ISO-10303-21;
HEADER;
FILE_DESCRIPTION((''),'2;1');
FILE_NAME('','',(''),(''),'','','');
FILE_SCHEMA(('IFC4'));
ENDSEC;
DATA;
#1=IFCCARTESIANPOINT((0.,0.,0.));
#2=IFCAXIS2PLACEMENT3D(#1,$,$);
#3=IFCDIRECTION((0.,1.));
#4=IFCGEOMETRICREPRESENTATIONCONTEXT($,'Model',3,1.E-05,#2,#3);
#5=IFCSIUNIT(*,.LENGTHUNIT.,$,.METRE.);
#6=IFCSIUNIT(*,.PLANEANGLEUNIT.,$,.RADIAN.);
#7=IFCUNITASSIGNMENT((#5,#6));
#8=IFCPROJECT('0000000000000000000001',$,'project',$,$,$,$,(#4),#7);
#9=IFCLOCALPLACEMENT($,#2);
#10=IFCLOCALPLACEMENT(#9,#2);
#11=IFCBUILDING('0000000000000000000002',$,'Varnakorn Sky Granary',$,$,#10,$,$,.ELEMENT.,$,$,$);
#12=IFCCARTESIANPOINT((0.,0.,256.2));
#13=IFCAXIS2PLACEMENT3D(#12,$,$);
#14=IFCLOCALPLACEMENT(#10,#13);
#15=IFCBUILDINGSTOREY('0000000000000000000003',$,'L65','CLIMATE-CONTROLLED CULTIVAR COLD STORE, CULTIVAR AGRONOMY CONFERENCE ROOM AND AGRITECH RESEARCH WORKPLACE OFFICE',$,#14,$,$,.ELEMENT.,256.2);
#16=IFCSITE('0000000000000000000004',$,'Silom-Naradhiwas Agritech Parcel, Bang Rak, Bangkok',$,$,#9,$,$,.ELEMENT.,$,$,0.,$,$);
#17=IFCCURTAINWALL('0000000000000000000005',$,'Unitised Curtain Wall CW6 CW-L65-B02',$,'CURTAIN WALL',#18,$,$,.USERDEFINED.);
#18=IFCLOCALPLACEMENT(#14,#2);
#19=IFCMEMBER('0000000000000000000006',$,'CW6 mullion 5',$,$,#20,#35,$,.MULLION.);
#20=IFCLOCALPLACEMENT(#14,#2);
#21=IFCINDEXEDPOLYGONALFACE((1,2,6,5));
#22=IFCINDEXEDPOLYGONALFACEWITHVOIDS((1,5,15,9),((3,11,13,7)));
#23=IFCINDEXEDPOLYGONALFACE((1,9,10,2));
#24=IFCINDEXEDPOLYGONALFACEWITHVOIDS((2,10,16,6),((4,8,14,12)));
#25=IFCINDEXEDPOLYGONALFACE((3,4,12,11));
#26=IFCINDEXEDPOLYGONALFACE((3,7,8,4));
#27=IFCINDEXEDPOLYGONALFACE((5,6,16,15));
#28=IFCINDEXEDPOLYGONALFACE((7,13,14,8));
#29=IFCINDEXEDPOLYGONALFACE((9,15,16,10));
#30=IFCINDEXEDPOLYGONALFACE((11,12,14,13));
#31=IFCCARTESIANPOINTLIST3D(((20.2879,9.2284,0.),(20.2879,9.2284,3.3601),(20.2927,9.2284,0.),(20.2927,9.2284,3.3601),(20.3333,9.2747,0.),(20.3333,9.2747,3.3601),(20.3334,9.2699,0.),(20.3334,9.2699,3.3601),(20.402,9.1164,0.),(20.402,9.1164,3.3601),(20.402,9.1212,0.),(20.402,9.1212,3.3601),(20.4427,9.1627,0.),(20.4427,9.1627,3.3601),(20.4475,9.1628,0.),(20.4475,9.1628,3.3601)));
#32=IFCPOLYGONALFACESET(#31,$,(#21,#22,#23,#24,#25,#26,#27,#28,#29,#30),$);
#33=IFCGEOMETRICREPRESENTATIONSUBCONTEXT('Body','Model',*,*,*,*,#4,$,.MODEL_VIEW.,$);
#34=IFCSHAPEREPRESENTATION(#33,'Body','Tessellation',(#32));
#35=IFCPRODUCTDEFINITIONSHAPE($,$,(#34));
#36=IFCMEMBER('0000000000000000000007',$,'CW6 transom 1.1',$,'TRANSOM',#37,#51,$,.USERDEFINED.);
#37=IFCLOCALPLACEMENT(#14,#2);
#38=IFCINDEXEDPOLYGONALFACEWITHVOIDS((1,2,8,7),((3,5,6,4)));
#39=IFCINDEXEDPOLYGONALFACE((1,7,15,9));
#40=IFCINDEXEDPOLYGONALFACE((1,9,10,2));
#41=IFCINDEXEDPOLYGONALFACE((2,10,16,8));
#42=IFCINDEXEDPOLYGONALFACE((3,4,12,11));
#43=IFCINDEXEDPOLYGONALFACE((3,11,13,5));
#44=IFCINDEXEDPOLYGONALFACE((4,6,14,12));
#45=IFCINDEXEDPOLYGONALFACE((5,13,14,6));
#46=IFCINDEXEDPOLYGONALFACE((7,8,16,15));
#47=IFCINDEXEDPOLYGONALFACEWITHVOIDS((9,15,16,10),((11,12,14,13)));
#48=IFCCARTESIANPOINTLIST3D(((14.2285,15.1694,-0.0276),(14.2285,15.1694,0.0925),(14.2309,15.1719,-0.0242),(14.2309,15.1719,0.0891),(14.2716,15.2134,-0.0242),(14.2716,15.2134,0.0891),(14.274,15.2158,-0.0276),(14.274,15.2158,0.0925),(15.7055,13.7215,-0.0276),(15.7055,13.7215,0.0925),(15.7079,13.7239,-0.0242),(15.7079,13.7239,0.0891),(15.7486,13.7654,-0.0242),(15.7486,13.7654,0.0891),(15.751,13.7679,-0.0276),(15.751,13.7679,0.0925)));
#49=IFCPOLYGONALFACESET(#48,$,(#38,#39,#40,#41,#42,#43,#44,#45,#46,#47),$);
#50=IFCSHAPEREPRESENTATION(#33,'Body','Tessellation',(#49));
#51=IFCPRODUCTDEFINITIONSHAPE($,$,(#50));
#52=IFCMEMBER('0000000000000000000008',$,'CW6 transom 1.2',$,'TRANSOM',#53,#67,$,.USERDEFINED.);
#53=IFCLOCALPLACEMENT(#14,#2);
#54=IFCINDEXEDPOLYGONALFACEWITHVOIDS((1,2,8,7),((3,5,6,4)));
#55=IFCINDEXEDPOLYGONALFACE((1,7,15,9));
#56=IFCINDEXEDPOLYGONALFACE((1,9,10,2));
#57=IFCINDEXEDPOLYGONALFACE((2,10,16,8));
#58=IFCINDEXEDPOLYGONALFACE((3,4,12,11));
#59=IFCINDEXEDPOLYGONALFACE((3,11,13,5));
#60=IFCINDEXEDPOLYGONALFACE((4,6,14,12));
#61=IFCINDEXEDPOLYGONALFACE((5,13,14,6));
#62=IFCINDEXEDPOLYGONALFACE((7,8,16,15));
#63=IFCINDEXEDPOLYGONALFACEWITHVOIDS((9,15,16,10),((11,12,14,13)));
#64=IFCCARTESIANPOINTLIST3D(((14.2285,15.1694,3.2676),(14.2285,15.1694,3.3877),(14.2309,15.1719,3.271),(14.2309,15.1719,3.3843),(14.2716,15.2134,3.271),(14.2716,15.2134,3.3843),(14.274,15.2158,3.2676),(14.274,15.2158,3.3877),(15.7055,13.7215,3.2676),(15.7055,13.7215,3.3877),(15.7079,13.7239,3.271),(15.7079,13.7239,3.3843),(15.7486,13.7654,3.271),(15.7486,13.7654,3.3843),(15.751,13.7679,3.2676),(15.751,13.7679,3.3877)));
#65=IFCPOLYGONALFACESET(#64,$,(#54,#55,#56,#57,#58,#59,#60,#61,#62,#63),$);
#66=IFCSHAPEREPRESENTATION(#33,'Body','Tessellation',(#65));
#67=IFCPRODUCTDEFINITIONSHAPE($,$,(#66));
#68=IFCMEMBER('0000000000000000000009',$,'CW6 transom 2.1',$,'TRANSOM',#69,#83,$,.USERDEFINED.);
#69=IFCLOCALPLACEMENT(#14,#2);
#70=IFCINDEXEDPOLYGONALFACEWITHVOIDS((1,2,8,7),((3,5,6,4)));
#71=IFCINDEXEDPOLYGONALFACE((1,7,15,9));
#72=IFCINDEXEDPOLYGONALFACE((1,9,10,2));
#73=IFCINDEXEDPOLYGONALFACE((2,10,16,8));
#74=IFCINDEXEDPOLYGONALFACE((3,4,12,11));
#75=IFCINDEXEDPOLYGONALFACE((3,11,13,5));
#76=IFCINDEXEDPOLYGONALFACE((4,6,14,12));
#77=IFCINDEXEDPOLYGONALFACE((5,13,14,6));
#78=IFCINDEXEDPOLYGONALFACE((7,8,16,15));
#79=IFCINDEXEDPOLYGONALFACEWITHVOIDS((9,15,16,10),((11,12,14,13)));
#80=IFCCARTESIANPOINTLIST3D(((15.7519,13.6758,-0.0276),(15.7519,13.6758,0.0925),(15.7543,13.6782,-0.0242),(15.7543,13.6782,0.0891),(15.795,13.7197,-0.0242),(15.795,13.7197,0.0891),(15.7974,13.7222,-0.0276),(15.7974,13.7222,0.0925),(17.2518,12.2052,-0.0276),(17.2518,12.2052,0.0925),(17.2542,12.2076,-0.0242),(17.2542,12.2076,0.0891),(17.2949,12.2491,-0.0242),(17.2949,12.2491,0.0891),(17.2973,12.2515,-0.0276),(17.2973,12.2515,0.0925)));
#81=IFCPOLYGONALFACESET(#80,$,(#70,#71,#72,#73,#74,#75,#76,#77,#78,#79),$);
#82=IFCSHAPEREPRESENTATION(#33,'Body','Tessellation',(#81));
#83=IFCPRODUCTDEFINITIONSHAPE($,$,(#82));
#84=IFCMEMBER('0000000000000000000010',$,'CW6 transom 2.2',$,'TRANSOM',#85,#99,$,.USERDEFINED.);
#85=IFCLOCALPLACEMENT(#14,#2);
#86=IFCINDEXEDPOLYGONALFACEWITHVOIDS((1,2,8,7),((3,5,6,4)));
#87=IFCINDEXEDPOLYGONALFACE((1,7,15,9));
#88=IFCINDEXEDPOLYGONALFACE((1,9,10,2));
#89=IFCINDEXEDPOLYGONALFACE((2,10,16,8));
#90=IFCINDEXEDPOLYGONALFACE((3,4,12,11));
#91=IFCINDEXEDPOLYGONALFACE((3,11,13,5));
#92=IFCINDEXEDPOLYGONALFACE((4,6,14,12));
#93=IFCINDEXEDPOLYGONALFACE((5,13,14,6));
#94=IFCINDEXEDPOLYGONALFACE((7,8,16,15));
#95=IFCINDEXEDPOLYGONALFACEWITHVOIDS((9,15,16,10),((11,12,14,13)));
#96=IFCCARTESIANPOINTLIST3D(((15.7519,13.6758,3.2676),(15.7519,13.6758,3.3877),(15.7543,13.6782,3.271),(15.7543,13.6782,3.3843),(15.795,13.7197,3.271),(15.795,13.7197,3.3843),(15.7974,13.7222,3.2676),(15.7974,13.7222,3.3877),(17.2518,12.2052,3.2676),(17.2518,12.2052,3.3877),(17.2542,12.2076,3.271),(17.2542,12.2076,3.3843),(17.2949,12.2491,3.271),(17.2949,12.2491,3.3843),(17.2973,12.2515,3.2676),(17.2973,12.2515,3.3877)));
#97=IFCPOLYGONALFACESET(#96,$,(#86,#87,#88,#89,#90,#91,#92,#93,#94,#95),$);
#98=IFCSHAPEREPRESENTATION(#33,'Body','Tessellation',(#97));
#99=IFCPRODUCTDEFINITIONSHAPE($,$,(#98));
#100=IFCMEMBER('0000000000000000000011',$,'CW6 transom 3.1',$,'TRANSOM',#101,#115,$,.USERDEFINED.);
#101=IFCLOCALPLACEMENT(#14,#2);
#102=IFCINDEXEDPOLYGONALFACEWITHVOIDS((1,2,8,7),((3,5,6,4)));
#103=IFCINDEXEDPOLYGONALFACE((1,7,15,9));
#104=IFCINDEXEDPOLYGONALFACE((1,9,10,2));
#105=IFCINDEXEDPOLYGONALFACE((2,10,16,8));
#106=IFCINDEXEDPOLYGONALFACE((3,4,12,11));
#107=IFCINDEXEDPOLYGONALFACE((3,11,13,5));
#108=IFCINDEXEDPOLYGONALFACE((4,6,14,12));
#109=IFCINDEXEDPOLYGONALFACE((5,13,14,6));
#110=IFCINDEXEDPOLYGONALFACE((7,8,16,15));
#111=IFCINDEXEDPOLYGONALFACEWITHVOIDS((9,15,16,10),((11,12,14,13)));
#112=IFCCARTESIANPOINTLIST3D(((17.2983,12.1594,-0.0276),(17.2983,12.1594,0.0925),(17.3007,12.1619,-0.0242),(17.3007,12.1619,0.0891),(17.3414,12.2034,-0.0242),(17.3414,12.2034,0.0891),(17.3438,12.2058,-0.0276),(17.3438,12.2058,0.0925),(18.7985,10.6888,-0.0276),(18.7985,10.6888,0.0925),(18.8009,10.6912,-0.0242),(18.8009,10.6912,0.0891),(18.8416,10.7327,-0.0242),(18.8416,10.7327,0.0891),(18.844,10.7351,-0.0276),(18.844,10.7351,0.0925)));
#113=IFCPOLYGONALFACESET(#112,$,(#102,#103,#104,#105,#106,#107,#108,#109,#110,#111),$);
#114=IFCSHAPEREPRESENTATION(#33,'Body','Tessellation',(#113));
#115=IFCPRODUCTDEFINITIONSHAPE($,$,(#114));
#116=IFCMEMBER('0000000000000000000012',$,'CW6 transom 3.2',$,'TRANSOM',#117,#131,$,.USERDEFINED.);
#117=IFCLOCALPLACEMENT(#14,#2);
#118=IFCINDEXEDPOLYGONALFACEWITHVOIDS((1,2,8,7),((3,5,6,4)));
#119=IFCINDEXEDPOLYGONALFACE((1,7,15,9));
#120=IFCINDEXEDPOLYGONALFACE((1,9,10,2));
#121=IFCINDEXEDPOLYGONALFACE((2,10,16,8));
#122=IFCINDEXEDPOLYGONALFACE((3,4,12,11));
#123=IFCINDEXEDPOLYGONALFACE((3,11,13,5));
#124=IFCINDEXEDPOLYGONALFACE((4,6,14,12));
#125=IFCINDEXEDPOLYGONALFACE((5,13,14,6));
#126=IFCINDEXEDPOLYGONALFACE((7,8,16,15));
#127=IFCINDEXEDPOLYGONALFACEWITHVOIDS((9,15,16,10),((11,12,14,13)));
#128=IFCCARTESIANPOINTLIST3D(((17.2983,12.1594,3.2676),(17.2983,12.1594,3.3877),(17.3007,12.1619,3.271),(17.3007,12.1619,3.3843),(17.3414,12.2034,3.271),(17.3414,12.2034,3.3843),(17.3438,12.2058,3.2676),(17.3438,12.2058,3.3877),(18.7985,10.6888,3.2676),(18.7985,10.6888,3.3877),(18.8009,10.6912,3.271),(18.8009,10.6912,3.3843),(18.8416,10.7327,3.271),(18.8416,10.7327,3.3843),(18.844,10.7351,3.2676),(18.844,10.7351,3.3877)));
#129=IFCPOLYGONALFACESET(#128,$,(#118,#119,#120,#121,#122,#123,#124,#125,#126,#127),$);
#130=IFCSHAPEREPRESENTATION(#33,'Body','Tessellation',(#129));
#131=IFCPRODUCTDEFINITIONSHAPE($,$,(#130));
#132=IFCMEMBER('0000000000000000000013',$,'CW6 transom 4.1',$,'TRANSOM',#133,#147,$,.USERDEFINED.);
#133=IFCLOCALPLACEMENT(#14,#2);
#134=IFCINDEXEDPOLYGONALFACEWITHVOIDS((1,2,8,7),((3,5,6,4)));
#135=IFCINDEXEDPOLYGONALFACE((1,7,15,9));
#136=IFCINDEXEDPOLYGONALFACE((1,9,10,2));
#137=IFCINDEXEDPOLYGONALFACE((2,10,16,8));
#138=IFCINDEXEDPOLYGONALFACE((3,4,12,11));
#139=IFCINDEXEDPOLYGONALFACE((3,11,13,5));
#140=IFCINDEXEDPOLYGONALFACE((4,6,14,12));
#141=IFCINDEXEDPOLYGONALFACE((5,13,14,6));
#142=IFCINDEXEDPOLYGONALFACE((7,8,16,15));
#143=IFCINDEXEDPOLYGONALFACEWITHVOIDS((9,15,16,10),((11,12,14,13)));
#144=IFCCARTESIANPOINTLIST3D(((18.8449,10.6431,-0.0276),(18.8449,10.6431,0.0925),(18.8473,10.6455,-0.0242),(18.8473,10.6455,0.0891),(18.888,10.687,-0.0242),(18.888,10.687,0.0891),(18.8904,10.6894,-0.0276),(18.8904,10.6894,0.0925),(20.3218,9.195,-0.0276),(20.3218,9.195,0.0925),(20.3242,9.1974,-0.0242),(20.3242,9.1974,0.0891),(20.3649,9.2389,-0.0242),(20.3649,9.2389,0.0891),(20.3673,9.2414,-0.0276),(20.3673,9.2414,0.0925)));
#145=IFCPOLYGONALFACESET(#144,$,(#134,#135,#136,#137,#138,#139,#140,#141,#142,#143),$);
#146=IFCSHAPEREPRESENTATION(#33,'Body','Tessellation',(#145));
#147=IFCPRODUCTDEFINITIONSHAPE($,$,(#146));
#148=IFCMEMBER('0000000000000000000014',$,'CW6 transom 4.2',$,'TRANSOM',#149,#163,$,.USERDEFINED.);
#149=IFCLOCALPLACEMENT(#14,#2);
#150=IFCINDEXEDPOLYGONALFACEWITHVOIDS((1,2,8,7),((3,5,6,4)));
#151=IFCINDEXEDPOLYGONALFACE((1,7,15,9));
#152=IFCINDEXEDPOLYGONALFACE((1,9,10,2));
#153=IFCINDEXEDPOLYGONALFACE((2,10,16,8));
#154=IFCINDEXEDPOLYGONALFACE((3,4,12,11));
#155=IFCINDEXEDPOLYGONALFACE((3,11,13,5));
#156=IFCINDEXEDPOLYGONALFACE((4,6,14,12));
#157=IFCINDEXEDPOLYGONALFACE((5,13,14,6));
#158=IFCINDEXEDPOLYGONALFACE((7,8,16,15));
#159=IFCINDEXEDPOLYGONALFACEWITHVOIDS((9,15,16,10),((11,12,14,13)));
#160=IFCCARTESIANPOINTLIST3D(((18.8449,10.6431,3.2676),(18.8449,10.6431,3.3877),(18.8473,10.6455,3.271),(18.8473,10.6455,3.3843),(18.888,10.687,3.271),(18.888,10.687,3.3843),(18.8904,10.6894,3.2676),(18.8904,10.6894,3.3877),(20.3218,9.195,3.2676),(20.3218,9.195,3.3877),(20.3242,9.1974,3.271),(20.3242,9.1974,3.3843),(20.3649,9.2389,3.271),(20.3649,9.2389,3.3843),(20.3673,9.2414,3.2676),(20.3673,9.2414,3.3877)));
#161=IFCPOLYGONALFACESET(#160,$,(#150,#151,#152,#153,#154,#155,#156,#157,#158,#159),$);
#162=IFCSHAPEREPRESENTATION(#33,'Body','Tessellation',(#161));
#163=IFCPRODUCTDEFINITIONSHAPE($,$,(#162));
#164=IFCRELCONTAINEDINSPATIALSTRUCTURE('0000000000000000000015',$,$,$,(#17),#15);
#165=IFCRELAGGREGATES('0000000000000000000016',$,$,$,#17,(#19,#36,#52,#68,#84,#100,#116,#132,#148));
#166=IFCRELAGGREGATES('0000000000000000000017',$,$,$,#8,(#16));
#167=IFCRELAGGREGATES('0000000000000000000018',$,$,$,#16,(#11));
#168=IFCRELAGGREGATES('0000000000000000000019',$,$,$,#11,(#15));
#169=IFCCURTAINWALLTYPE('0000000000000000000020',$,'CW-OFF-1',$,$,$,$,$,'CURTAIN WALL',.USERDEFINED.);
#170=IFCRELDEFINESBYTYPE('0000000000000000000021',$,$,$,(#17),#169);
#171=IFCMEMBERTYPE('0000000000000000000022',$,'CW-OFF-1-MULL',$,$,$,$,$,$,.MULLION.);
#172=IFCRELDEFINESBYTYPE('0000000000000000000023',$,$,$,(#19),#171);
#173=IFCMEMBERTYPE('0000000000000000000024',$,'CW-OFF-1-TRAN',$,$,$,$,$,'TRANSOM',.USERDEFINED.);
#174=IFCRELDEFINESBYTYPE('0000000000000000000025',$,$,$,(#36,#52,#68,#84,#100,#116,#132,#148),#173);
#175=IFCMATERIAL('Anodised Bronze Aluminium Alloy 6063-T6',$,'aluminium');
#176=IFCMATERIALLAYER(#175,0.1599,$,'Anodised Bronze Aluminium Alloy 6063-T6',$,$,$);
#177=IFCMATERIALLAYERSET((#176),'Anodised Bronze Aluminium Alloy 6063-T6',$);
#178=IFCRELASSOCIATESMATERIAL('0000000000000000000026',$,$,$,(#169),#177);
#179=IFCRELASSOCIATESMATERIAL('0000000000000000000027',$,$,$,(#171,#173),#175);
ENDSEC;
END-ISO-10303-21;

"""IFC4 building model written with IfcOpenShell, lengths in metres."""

from ifc_helpers import new_model, si_unit, direction, frame, origin, origin_2d, place, context, subcontext, project, spatial, hollow_rectangle, extrude, material, layer, layer_set, material_profile, profile_set, type_object, element, aggregate, save


model = new_model("IFC4")

# Units and contexts
model_context = context("Model", 3, precision=1e-05, world=origin(), true_north=direction((0.0, 1.0)))
body_context = subcontext(model_context, "Body", "Model", "MODEL_VIEW")
ifc_project = project(units=[si_unit("LENGTHUNIT", "METRE"), si_unit("PLANEANGLEUNIT", "RADIAN")], contexts=[model_context])

# Site, building, storey
site_placement = place(None, origin())
site = spatial("IfcSite", under=ifc_project, at=site_placement, Name="Silom-Naradhiwas Agritech Parcel, Bang Rak, Bangkok", CompositionType="ELEMENT", RefElevation=0.0)
building_placement = place(site_placement, origin())
building = spatial("IfcBuilding", under=site, at=building_placement, Name="Varnakorn Sky Granary", CompositionType="ELEMENT")
storey_placement = place(building_placement, frame((0.0, 0.0, 256.2)))
storey = spatial("IfcBuildingStorey", under=building, at=storey_placement, Name="L65", Description="CLIMATE-CONTROLLED CULTIVAR COLD STORE, CULTIVAR AGRONOMY CONFERENCE ROOM AND AGRITECH RESEARCH WORKPLACE OFFICE", CompositionType="ELEMENT", Elevation=256.2)

# Curtain wall, members
ifc_material_1 = material(Name="Anodised Bronze Aluminium Alloy 6063-T6", Category="aluminium")
ifc_layer_1 = layer(ifc_material_1, 0.1599, Name="Anodised Bronze Aluminium Alloy 6063-T6")
ifc_layer_set_1 = layer_set([ifc_layer_1], Name="Anodised Bronze Aluminium Alloy 6063-T6")
curtain_wall_type = type_object("IfcCurtainWallType", Name="CW-OFF-1", ElementType="CURTAIN WALL", PredefinedType="USERDEFINED", material=ifc_layer_set_1)
curtain_wall_placement = place(storey_placement, origin())
curtain_wall = element("IfcCurtainWall", 1, at=curtain_wall_placement, inside=storey, type_object=curtain_wall_type, Name="Unitised Curtain Wall CW6 CW-L65-B02", ObjectType="CURTAIN WALL", PredefinedType="USERDEFINED")
ifc_material_profile_1 = material_profile(ifc_material_1, hollow_rectangle(XDim=0.0649, YDim=0.1599, WallThickness=0.0034, at=origin_2d()), Name="ALU MULL 65x160")
ifc_profile_set_1 = profile_set([ifc_material_profile_1], Name="Anodised Bronze Aluminium Alloy 6063-T6")
member_type_1 = type_object("IfcMemberType", Name="CW-OFF-1-MULL", PredefinedType="MULLION", material=ifc_profile_set_1)
member_1_placement = place(storey_placement, frame((20.3677, 9.1956, 0.0), z_axis=(0.0, 0.0, 1.0), x_axis=(0.700118, 0.714027, 0.0)))
member_1 = element("IfcMember", 2, at=member_1_placement, type_object=member_type_1, Name="CW6 mullion 5", PredefinedType="MULLION", context=body_context, shape_type="SweptSolid", body=[
    extrude(hollow_rectangle(XDim=0.0649, YDim=0.1599, WallThickness=0.0034, at=origin_2d()), origin(), (0.0, 0.0, 1.0), 3.3601),
])
ifc_material_profile_2 = material_profile(ifc_material_1, hollow_rectangle(XDim=0.0649, YDim=0.1201, WallThickness=0.0034, at=origin_2d()), Name="ALU TRAN 65x120")
ifc_profile_set_2 = profile_set([ifc_material_profile_2], Name="Anodised Bronze Aluminium Alloy 6063-T6")
member_type_2 = type_object("IfcMemberType", Name="CW-OFF-1-TRAN", ElementType="TRANSOM", PredefinedType="USERDEFINED", material=ifc_profile_set_2)
member_2_placement = place(storey_placement, frame((14.2512, 15.1926, 0.0325), z_axis=(0.714095, -0.700049, 0.0), x_axis=(0.700049, 0.714095, 0.0)))
member_2 = element("IfcMember", 3, at=member_2_placement, type_object=member_type_2, Name="CW6 transom 1.1", ObjectType="TRANSOM", PredefinedType="USERDEFINED", context=body_context, shape_type="SweptSolid", body=[
    extrude(hollow_rectangle(XDim=0.0649, YDim=0.1201, WallThickness=0.0034, at=origin_2d()), origin(), (0.0, 0.0, 1.0), 2.0684),
])
member_3_placement = place(storey_placement, frame((14.2512, 15.1926, 3.3276), z_axis=(0.714095, -0.700049, 0.0), x_axis=(0.700049, 0.714095, 0.0)))
member_3 = element("IfcMember", 4, at=member_3_placement, type_object=member_type_2, Name="CW6 transom 1.2", ObjectType="TRANSOM", PredefinedType="USERDEFINED", context=body_context, shape_type="SweptSolid", body=[
    extrude(hollow_rectangle(XDim=0.0649, YDim=0.1201, WallThickness=0.0034, at=origin_2d()), origin(), (0.0, 0.0, 1.0), 2.0684),
])
member_4_placement = place(storey_placement, frame((15.7747, 13.699, 0.0325), z_axis=(0.714045, -0.700099, 0.0), x_axis=(0.700099, 0.714045, 0.0)))
member_4 = element("IfcMember", 5, at=member_4_placement, type_object=member_type_2, Name="CW6 transom 2.1", ObjectType="TRANSOM", PredefinedType="USERDEFINED", context=body_context, shape_type="SweptSolid", body=[
    extrude(hollow_rectangle(XDim=0.0649, YDim=0.1201, WallThickness=0.0034, at=origin_2d()), origin(), (0.0, 0.0, 1.0), 2.1006),
])
member_5_placement = place(storey_placement, frame((15.7747, 13.699, 3.3276), z_axis=(0.714045, -0.700099, 0.0), x_axis=(0.700099, 0.714045, 0.0)))
member_5 = element("IfcMember", 6, at=member_5_placement, type_object=member_type_2, Name="CW6 transom 2.2", ObjectType="TRANSOM", PredefinedType="USERDEFINED", context=body_context, shape_type="SweptSolid", body=[
    extrude(hollow_rectangle(XDim=0.0649, YDim=0.1201, WallThickness=0.0034, at=origin_2d()), origin(), (0.0, 0.0, 1.0), 2.1006),
])
member_6_placement = place(storey_placement, frame((17.321, 12.1826, 0.0325), z_axis=(0.714102, -0.700041, 0.0), x_axis=(0.700041, 0.714102, 0.0)))
member_6 = element("IfcMember", 7, at=member_6_placement, type_object=member_type_2, Name="CW6 transom 3.1", ObjectType="TRANSOM", PredefinedType="USERDEFINED", context=body_context, shape_type="SweptSolid", body=[
    extrude(hollow_rectangle(XDim=0.0649, YDim=0.1201, WallThickness=0.0034, at=origin_2d()), origin(), (0.0, 0.0, 1.0), 2.1008),
])
member_7_placement = place(storey_placement, frame((17.321, 12.1826, 3.3276), z_axis=(0.714102, -0.700041, 0.0), x_axis=(0.700041, 0.714102, 0.0)))
member_7 = element("IfcMember", 8, at=member_7_placement, type_object=member_type_2, Name="CW6 transom 3.2", ObjectType="TRANSOM", PredefinedType="USERDEFINED", context=body_context, shape_type="SweptSolid", body=[
    extrude(hollow_rectangle(XDim=0.0649, YDim=0.1201, WallThickness=0.0034, at=origin_2d()), origin(), (0.0, 0.0, 1.0), 2.1008),
])
member_8_placement = place(storey_placement, frame((18.8677, 10.6663, 0.0325), z_axis=(0.714037, -0.700108, 0.0), x_axis=(0.700108, 0.714037, 0.0)))
member_8 = element("IfcMember", 9, at=member_8_placement, type_object=member_type_2, Name="CW6 transom 4.1", ObjectType="TRANSOM", PredefinedType="USERDEFINED", context=body_context, shape_type="SweptSolid", body=[
    extrude(hollow_rectangle(XDim=0.0649, YDim=0.1201, WallThickness=0.0034, at=origin_2d()), origin(), (0.0, 0.0, 1.0), 2.0684),
])
member_9_placement = place(storey_placement, frame((18.8677, 10.6663, 3.3276), z_axis=(0.714037, -0.700108, 0.0), x_axis=(0.700108, 0.714037, 0.0)))
member_9 = element("IfcMember", 10, at=member_9_placement, type_object=member_type_2, Name="CW6 transom 4.2", ObjectType="TRANSOM", PredefinedType="USERDEFINED", context=body_context, shape_type="SweptSolid", body=[
    extrude(hollow_rectangle(XDim=0.0649, YDim=0.1201, WallThickness=0.0034, at=origin_2d()), origin(), (0.0, 0.0, 1.0), 2.0684),
])

aggregate(curtain_wall, [member_1, member_2, member_3, member_4, member_5, member_6, member_7, member_8, member_9])

save(model, "model.ifc")
